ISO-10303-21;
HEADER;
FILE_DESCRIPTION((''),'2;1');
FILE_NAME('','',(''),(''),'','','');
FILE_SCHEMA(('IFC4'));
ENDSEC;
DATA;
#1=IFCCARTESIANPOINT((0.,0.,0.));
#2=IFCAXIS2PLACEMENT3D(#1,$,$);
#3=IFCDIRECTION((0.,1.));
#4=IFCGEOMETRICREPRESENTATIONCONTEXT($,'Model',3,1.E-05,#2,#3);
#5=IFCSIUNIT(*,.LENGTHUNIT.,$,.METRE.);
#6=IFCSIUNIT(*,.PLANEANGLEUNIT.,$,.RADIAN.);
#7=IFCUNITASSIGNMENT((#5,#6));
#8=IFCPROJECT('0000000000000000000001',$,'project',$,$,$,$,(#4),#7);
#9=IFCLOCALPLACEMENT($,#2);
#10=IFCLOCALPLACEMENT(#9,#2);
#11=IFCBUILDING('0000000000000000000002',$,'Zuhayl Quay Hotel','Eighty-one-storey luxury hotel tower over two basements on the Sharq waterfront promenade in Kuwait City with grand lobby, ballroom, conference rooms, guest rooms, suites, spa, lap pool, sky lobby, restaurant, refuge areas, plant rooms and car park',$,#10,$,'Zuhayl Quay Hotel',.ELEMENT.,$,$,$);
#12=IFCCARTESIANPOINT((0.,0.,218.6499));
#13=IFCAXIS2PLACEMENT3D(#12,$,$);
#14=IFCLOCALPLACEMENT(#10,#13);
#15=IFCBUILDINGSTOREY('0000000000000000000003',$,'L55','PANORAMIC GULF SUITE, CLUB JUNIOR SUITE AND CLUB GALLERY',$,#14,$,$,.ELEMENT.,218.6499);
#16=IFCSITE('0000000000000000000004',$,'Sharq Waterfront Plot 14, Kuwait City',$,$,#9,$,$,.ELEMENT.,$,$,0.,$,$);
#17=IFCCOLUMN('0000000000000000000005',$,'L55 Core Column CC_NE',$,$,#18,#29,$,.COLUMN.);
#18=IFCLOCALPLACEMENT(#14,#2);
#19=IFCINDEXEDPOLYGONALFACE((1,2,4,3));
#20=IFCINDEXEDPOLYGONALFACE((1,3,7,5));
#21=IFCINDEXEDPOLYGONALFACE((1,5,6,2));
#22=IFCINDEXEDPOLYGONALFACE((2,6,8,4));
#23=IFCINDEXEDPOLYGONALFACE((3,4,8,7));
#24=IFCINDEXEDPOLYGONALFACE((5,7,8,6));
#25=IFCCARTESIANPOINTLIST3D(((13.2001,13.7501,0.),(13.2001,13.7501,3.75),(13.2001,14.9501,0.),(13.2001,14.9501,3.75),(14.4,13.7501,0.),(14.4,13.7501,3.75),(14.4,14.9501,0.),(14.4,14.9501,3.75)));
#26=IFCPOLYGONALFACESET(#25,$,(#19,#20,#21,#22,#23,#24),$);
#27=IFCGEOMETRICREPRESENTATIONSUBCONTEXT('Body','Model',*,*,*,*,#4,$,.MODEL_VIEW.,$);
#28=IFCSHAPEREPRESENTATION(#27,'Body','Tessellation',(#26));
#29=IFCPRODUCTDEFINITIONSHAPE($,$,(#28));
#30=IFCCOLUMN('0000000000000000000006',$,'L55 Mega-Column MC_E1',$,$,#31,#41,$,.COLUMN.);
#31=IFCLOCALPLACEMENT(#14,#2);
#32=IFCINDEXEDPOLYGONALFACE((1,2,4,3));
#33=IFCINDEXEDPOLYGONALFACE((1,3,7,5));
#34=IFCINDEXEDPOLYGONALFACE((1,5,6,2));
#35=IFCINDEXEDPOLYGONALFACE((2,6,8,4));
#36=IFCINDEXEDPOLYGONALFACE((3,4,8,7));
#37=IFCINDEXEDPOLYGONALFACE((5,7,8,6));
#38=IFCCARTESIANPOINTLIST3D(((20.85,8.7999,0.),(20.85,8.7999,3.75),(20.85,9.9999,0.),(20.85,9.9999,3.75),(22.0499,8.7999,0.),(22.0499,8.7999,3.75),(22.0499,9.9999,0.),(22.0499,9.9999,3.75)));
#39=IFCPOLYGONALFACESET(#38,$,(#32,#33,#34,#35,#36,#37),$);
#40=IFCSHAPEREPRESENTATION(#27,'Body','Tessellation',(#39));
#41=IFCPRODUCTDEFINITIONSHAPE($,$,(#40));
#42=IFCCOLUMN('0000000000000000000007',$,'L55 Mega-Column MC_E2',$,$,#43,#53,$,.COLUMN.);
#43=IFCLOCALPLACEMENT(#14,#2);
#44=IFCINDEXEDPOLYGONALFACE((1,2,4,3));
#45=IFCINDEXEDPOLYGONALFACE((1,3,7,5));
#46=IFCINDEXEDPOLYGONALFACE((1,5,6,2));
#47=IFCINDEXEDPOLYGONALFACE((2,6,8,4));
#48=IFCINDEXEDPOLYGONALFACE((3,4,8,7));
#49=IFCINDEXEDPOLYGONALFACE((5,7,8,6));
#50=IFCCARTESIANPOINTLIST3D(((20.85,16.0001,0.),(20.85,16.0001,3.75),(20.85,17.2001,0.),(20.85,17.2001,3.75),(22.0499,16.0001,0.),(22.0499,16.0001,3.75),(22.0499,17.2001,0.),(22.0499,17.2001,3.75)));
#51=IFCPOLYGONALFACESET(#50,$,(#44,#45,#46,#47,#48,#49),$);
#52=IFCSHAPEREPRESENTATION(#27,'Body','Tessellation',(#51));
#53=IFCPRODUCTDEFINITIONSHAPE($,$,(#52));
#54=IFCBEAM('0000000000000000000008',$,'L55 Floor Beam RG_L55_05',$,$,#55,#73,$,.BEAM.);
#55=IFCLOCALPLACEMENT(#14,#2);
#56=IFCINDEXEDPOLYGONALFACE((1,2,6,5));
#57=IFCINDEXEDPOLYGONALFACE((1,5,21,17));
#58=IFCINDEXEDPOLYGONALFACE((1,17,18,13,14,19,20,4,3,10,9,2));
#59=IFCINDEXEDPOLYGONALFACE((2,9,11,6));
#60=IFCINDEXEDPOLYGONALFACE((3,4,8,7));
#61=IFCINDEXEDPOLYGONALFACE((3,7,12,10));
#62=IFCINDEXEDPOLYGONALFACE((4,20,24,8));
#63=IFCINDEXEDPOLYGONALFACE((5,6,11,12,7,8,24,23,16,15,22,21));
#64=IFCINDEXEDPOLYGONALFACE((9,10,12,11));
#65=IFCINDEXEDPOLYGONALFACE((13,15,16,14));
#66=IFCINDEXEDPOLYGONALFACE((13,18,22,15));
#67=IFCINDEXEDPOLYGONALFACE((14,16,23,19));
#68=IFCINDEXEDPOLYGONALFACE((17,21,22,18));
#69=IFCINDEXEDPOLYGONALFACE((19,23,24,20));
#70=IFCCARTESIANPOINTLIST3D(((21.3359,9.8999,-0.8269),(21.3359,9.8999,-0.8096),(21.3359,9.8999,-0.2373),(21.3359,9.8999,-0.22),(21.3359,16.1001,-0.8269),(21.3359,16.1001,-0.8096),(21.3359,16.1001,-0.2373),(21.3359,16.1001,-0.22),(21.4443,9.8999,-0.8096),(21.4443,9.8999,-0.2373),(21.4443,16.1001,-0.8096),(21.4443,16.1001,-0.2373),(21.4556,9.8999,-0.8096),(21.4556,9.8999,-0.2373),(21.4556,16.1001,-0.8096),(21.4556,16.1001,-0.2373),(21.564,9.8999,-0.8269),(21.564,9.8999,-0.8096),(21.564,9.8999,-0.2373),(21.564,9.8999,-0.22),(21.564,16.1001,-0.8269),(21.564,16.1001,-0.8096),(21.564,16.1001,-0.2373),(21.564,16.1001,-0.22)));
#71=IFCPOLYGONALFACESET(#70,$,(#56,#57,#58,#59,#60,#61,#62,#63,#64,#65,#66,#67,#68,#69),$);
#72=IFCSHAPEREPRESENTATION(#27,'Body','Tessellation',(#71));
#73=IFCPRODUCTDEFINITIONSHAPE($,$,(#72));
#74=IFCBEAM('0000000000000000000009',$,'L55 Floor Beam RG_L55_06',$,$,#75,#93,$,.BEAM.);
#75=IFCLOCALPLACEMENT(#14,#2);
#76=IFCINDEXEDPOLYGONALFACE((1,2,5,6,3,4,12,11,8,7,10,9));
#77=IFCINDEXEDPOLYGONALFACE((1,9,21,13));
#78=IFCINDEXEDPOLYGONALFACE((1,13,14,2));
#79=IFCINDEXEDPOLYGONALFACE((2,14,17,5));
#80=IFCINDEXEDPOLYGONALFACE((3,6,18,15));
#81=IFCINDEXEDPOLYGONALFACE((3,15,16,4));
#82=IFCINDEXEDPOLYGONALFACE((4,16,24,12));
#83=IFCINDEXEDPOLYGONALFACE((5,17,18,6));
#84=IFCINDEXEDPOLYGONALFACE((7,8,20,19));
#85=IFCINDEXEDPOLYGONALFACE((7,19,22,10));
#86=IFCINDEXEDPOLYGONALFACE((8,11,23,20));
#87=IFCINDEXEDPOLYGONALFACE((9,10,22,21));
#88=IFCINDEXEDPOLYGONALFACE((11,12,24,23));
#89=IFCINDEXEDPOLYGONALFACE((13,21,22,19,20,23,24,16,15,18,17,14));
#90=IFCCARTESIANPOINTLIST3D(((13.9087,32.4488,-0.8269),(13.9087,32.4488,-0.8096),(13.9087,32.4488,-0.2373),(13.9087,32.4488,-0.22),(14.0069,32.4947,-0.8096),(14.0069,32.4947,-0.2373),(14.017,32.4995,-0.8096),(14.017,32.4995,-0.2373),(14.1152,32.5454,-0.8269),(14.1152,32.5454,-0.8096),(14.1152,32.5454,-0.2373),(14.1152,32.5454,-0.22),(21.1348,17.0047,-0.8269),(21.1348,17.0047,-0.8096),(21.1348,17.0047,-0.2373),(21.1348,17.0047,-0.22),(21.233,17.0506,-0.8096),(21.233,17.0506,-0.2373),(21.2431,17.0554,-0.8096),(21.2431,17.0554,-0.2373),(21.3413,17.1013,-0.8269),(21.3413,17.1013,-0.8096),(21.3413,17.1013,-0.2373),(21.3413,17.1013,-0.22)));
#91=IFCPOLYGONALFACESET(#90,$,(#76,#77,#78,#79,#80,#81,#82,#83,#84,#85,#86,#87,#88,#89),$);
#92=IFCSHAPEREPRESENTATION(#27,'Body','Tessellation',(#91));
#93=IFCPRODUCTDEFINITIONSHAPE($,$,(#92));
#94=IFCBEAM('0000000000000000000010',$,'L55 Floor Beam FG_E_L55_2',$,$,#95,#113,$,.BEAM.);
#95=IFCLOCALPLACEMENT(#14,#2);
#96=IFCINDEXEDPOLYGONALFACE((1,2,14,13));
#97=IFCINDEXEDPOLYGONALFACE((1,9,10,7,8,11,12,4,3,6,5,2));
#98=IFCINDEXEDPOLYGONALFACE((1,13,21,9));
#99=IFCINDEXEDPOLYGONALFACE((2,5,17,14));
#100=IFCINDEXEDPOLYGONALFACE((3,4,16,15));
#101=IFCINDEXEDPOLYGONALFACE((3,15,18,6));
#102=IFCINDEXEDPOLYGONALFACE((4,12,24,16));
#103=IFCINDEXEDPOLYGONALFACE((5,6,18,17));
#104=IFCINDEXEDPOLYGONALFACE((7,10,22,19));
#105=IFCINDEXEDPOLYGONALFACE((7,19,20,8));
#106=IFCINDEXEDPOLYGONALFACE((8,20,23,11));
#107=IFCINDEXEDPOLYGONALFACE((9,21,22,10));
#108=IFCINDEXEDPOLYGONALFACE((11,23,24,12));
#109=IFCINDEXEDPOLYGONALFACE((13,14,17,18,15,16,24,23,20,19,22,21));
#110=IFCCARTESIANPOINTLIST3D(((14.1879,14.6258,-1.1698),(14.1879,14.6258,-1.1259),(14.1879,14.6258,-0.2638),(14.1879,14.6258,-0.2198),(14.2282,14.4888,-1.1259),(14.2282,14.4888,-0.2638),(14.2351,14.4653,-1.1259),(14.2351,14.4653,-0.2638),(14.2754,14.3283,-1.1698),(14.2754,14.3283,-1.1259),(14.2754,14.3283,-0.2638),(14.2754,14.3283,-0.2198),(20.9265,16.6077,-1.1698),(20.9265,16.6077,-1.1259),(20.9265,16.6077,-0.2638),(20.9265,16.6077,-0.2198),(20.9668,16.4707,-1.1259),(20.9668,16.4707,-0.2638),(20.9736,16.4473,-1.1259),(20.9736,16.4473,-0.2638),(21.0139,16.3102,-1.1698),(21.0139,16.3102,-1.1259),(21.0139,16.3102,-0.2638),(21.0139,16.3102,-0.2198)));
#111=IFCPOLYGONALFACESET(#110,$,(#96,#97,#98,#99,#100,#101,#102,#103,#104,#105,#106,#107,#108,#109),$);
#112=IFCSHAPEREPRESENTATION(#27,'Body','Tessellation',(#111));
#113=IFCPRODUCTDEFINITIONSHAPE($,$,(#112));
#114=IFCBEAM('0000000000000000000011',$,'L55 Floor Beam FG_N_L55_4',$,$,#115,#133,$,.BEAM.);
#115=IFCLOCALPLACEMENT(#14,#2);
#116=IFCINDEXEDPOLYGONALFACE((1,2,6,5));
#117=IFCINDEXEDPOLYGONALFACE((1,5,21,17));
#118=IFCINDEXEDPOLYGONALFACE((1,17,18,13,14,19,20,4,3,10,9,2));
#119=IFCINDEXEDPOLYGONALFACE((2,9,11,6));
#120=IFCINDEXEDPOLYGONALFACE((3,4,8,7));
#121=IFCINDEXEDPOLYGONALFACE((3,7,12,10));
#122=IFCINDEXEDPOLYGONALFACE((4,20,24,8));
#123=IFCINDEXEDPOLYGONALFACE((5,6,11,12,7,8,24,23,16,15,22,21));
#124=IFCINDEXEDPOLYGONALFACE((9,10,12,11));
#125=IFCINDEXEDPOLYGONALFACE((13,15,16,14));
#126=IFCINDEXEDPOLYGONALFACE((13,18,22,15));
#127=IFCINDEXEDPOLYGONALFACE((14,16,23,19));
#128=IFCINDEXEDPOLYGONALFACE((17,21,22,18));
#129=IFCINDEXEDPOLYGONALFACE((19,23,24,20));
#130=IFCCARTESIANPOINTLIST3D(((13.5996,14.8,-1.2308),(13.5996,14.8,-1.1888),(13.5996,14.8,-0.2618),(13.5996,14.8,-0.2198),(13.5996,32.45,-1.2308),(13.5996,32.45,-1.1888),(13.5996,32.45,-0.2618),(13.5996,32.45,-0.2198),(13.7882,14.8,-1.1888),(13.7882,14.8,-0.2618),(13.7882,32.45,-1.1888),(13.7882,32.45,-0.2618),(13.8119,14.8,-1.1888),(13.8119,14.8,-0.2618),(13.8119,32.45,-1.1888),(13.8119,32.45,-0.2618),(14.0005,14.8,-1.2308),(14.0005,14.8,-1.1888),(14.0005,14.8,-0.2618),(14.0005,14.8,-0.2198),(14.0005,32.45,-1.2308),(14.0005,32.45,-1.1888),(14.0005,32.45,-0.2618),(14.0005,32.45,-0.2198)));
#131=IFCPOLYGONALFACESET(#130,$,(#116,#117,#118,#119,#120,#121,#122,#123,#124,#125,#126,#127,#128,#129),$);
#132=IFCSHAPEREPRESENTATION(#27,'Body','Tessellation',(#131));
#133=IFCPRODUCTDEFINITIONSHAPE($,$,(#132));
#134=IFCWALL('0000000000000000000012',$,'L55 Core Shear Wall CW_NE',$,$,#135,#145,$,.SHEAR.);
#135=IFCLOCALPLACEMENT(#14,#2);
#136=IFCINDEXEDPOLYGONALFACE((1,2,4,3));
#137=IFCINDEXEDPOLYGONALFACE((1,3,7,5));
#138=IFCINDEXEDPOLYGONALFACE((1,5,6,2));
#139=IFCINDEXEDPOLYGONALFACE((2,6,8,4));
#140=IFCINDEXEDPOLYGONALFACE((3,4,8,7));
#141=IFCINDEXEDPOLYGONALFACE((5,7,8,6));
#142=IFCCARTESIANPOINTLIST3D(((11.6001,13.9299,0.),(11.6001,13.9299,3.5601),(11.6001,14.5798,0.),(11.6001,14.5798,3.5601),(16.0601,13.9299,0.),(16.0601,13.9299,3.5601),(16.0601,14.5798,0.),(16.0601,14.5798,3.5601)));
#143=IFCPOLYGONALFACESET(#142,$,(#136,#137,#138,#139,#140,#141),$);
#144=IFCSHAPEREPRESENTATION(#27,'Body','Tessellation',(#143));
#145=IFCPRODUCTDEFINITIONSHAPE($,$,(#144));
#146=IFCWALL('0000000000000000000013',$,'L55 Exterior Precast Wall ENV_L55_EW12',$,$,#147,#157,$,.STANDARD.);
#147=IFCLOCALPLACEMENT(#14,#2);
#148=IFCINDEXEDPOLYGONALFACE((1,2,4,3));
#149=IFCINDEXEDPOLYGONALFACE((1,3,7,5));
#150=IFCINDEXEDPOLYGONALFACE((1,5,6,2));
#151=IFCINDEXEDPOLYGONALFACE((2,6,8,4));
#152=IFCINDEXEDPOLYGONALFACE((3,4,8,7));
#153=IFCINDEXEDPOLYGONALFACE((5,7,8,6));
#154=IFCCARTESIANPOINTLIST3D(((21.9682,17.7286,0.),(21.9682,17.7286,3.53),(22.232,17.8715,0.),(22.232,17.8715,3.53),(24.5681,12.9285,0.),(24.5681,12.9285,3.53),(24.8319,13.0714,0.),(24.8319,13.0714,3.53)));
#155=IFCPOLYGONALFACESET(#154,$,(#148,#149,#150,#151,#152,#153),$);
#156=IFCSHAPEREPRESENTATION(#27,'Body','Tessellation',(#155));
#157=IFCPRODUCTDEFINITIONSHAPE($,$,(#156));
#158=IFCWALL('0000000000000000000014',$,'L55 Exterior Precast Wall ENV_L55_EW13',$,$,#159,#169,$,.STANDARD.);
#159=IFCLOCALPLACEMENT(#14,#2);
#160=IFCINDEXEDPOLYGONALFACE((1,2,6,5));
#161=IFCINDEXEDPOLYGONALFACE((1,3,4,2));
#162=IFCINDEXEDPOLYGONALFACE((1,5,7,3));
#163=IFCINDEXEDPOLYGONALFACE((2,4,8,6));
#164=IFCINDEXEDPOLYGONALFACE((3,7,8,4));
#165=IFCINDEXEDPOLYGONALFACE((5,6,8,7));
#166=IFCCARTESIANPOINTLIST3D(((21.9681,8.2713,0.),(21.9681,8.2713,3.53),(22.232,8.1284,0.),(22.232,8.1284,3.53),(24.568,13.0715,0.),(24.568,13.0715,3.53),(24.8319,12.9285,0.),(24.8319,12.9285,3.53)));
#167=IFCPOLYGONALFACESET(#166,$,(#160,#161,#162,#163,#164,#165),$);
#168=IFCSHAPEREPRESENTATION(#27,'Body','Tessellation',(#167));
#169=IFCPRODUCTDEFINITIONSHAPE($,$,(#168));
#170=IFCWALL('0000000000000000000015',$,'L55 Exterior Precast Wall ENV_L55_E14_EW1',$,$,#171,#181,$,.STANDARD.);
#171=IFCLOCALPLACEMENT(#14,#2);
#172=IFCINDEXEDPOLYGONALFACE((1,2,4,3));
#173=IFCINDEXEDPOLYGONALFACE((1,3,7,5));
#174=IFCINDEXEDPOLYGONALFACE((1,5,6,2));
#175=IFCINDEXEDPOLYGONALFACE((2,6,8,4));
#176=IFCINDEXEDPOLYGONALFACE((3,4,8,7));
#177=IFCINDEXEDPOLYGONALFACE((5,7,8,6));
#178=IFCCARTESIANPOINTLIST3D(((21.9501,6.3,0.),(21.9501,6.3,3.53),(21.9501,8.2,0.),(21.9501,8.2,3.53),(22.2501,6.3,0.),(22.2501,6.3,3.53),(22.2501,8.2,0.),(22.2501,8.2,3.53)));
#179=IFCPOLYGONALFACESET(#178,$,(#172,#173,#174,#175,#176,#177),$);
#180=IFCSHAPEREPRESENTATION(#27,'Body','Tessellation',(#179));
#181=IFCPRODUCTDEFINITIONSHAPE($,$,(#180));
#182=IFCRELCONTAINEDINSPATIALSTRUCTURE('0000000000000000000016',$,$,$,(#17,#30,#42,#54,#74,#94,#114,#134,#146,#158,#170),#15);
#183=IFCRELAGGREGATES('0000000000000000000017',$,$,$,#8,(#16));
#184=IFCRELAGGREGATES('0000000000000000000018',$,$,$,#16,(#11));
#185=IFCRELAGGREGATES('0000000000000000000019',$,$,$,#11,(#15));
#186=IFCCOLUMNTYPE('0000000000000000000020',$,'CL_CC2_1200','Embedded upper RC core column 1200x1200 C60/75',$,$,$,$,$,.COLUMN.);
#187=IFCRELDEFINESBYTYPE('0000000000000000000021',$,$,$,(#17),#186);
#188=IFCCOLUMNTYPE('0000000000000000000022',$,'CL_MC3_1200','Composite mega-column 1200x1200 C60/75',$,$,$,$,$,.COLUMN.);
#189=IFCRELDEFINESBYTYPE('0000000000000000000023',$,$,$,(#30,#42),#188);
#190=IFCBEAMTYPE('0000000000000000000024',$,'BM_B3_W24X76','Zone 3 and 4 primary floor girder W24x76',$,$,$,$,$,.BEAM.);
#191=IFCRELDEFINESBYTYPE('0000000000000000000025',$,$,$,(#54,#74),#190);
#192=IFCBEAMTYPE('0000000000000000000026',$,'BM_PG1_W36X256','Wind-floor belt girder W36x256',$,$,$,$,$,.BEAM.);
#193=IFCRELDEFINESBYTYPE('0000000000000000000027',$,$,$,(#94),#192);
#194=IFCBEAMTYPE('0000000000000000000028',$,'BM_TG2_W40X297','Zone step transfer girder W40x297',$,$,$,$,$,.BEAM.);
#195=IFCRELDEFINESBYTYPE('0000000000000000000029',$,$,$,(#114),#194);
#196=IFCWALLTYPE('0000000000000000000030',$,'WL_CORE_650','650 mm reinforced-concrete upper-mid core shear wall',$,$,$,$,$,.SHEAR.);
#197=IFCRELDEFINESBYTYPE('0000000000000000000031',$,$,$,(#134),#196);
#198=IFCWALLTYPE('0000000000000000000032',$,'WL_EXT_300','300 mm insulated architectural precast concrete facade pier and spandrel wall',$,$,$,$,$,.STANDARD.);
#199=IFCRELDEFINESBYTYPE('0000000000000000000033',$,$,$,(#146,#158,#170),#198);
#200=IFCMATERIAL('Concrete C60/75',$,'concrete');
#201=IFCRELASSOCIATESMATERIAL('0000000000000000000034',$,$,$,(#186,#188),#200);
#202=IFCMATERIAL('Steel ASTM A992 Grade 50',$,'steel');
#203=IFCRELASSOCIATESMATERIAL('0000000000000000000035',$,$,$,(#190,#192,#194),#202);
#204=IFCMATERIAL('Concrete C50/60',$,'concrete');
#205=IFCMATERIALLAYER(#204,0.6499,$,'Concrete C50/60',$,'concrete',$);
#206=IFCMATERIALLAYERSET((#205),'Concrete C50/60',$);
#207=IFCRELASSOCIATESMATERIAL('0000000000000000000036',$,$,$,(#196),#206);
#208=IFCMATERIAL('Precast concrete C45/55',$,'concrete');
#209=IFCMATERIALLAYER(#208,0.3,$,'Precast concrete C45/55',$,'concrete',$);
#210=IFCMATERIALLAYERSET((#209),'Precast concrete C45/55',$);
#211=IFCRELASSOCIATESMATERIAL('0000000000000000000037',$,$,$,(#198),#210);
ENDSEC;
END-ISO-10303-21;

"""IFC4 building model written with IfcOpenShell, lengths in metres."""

from ifc_helpers import new_model, si_unit, direction, frame, frame_2d, origin, origin_2d, place, context, subcontext, project, spatial, rectangle, i_section, extrude, material, layer, layer_set, material_profile, profile_set, type_object, element, save


model = new_model("IFC4")

# Units and contexts
model_context = context("Model", 3, precision=1e-05, world=origin(), true_north=direction((0.0, 1.0)))
body_context = subcontext(model_context, "Body", "Model", "MODEL_VIEW")
ifc_project = project(units=[si_unit("LENGTHUNIT", "METRE"), si_unit("PLANEANGLEUNIT", "RADIAN")], contexts=[model_context])

# Site, building, storey
site_placement = place(None, origin())
site = spatial("IfcSite", under=ifc_project, at=site_placement, Name="Sharq Waterfront Plot 14, Kuwait City", CompositionType="ELEMENT", RefElevation=0.0)
building_placement = place(site_placement, origin())
building = spatial("IfcBuilding", under=site, at=building_placement, Name="Zuhayl Quay Hotel", Description="Eighty-one-storey luxury hotel tower over two basements on the Sharq waterfront promenade in Kuwait City with grand lobby, ballroom, conference rooms, guest rooms, suites, spa, lap pool, sky lobby, restaurant, refuge areas, plant rooms and car park", LongName="Zuhayl Quay Hotel", CompositionType="ELEMENT")
storey_placement = place(building_placement, frame((0.0, 0.0, 218.6499)))
storey = spatial("IfcBuildingStorey", under=building, at=storey_placement, Name="L55", Description="PANORAMIC GULF SUITE, CLUB JUNIOR SUITE AND CLUB GALLERY", CompositionType="ELEMENT", Elevation=218.6499)

# Columns
ifc_material_1 = material(Name="Concrete C60/75", Category="concrete")
ifc_material_profile_1 = material_profile(ifc_material_1, rectangle(XDim=1.2, YDim=1.2, at=origin_2d()), Name="RC1200X1200")
ifc_profile_set_1 = profile_set([ifc_material_profile_1], Name="Concrete C60/75")
column_type_1 = type_object("IfcColumnType", Name="CL_CC2_1200", Description="Embedded upper RC core column 1200x1200 C60/75", PredefinedType="COLUMN", material=ifc_profile_set_1)
column_placement = place(storey_placement, frame((13.8, 14.3501, 0.0), z_axis=(0.0, 0.0, 1.0), x_axis=(1.0, 0.0, 0.0)))
element("IfcColumn", 1, at=column_placement, inside=storey, type_object=column_type_1, Name="L55 Core Column CC_NE", PredefinedType="COLUMN", context=body_context, shape_type="SweptSolid", body=[
    extrude(rectangle(XDim=1.2, YDim=1.2, at=origin_2d()), origin(), (0.0, 0.0, 1.0), 3.75),
])
ifc_material_profile_2 = material_profile(ifc_material_1, rectangle(XDim=1.2, YDim=1.2, at=origin_2d()), Name="RC1200X1200")
ifc_profile_set_2 = profile_set([ifc_material_profile_2], Name="Concrete C60/75")
column_type_2 = type_object("IfcColumnType", Name="CL_MC3_1200", Description="Composite mega-column 1200x1200 C60/75", PredefinedType="COLUMN", material=ifc_profile_set_2)
for number, where, z_axis, x_axis, name in (
    (2, (21.45, 9.3999, 0.0), (0.0, 0.0, 1.0), (1.0, 0.0, 0.0), "L55 Mega-Column MC_E1"),
    (3, (21.45, 16.6001, 0.0), (0.0, 0.0, 1.0), (1.0, 0.0, 0.0), "L55 Mega-Column MC_E2"),
):
    element("IfcColumn", number, at=place(storey_placement, frame(where, z_axis=z_axis, x_axis=x_axis)), inside=storey, type_object=column_type_2, Name=name, PredefinedType="COLUMN", context=body_context, shape_type="SweptSolid", body=[
        extrude(rectangle(XDim=1.2, YDim=1.2, at=origin_2d()), origin(), (0.0, 0.0, 1.0), 3.75),
    ])

# Beams
ifc_material_2 = material(Name="Steel ASTM A992 Grade 50", Category="steel")
ifc_material_profile_3 = material_profile(ifc_material_2, i_section(OverallWidth=0.228, OverallDepth=0.6069, WebThickness=0.0112, FlangeThickness=0.0173, at=origin_2d()), Name="W24X76")
ifc_profile_set_3 = profile_set([ifc_material_profile_3], Name="Steel ASTM A992 Grade 50")
beam_type_1 = type_object("IfcBeamType", Name="BM_B3_W24X76", Description="Zone 3 and 4 primary floor girder W24x76", PredefinedType="BEAM", material=ifc_profile_set_3)
beam_1_placement = place(storey_placement, frame((21.45, 9.8999, -0.5234), z_axis=(0.0, 1.0, 0.0), x_axis=(-1.0, 0.0, 0.0)))
element("IfcBeam", 4, at=beam_1_placement, inside=storey, type_object=beam_type_1, Name="L55 Floor Beam RG_L55_05", PredefinedType="BEAM", context=body_context, shape_type="SweptSolid", body=[
    extrude(i_section(OverallWidth=0.228, OverallDepth=0.6069, WebThickness=0.0112, FlangeThickness=0.0173, at=origin_2d()), origin(), (0.0, 0.0, 1.0), 6.2002),
])
beam_2_placement = place(storey_placement, frame((21.238, 17.053, -0.5234), z_axis=(-0.423792, 0.905759, 0.0), x_axis=(-0.905759, -0.423792, 0.0)))
element("IfcBeam", 5, at=beam_2_placement, inside=storey, type_object=beam_type_1, Name="L55 Floor Beam RG_L55_06", PredefinedType="BEAM", context=body_context, shape_type="SweptSolid", body=[
    extrude(i_section(OverallWidth=0.228, OverallDepth=0.6069, WebThickness=0.0112, FlangeThickness=0.0173, at=origin_2d()), origin(), (0.0, 0.0, 1.0), 17.051),
])
ifc_material_profile_4 = material_profile(ifc_material_2, i_section(OverallWidth=0.3101, OverallDepth=0.95, WebThickness=0.0244, FlangeThickness=0.0439, at=origin_2d()), Name="W36X256")
ifc_profile_set_4 = profile_set([ifc_material_profile_4], Name="Steel ASTM A992 Grade 50")
beam_type_2 = type_object("IfcBeamType", Name="BM_PG1_W36X256", Description="Wind-floor belt girder W36x256", PredefinedType="BEAM", material=ifc_profile_set_4)
beam_3_placement = place(storey_placement, frame((14.2317, 14.4771, -0.6948), z_axis=(0.959365, 0.282168, 0.0), x_axis=(-0.282168, 0.959365, 0.0)))
element("IfcBeam", 6, at=beam_3_placement, inside=storey, type_object=beam_type_2, Name="L55 Floor Beam FG_E_L55_2", PredefinedType="BEAM", context=body_context, shape_type="SweptSolid", body=[
    extrude(i_section(OverallWidth=0.3101, OverallDepth=0.95, WebThickness=0.0244, FlangeThickness=0.0439, at=origin_2d()), origin(), (0.0, 0.0, 1.0), 7.0239),
])
ifc_material_profile_5 = material_profile(ifc_material_2, i_section(OverallWidth=0.4009, OverallDepth=1.011, WebThickness=0.0237, FlangeThickness=0.042, at=origin_2d()), Name="W40X297")
ifc_profile_set_5 = profile_set([ifc_material_profile_5], Name="Steel ASTM A992 Grade 50")
beam_type_3 = type_object("IfcBeamType", Name="BM_TG2_W40X297", Description="Zone step transfer girder W40x297", PredefinedType="BEAM", material=ifc_profile_set_5)
beam_4_placement = place(storey_placement, frame((13.8, 14.8, -0.7253), z_axis=(0.0, 1.0, 0.0), x_axis=(-1.0, 0.0, 0.0)))
element("IfcBeam", 7, at=beam_4_placement, inside=storey, type_object=beam_type_3, Name="L55 Floor Beam FG_N_L55_4", PredefinedType="BEAM", context=body_context, shape_type="SweptSolid", body=[
    extrude(i_section(OverallWidth=0.4009, OverallDepth=1.011, WebThickness=0.0237, FlangeThickness=0.042, at=origin_2d()), origin(), (0.0, 0.0, 1.0), 17.6499),
])

# Walls
ifc_material_3 = material(Name="Concrete C50/60", Category="concrete")
ifc_layer_1 = layer(ifc_material_3, 0.6499, Name="Concrete C50/60", Category="concrete")
ifc_layer_set_1 = layer_set([ifc_layer_1], Name="Concrete C50/60")
wall_type_1 = type_object("IfcWallType", Name="WL_CORE_650", Description="650 mm reinforced-concrete upper-mid core shear wall", PredefinedType="SHEAR", material=ifc_layer_set_1)
wall_1_placement = place(storey_placement, frame((11.6001, 14.2549, 0.0), z_axis=(0.0, 0.0, 1.0), x_axis=(1.0, 0.0, 0.0)))
element("IfcWall", 8, at=wall_1_placement, inside=storey, type_object=wall_type_1, Name="L55 Core Shear Wall CW_NE", PredefinedType="SHEAR", context=body_context, shape_type="SweptSolid", body=[
    extrude(rectangle(XDim=4.46, YDim=0.6499, at=frame_2d((2.23, 0.0))), origin(), (0.0, 0.0, 1.0), 3.5601),
])
ifc_material_4 = material(Name="Precast concrete C45/55", Category="concrete")
ifc_layer_2 = layer(ifc_material_4, 0.3, Name="Precast concrete C45/55", Category="concrete")
ifc_layer_set_2 = layer_set([ifc_layer_2], Name="Precast concrete C45/55")
wall_type_2 = type_object("IfcWallType", Name="WL_EXT_300", Description="300 mm insulated architectural precast concrete facade pier and spandrel wall", PredefinedType="STANDARD", material=ifc_layer_set_2)
for number, where, z_axis, x_axis, name in (
    (9, (22.1001, 17.8, 0.0), (0.0, 0.0, 1.0), (0.476259, -0.879305, 0.0), "L55 Exterior Precast Wall ENV_L55_EW12"),
    (10, (24.7, 13.0, 0.0), (0.0, 0.0, 1.0), (-0.476259, -0.879305, 0.0), "L55 Exterior Precast Wall ENV_L55_EW13"),
):
    element("IfcWall", number, at=place(storey_placement, frame(where, z_axis=z_axis, x_axis=x_axis)), inside=storey, type_object=wall_type_2, Name=name, PredefinedType="STANDARD", context=body_context, shape_type="SweptSolid", body=[
        extrude(rectangle(XDim=5.459, YDim=0.3, at=frame_2d((2.7295, 0.0))), origin(), (0.0, 0.0, 1.0), 3.53),
    ])
wall_2_placement = place(storey_placement, frame((22.1001, 8.2, 0.0), z_axis=(0.0, 0.0, 1.0), x_axis=(0.0, -1.0, 0.0)))
element("IfcWall", 11, at=wall_2_placement, inside=storey, type_object=wall_type_2, Name="L55 Exterior Precast Wall ENV_L55_E14_EW1", PredefinedType="STANDARD", context=body_context, shape_type="SweptSolid", body=[
    extrude(rectangle(XDim=1.8999, YDim=0.3, at=frame_2d((0.95, 0.0))), origin(), (0.0, 0.0, 1.0), 3.53),
])

save(model, "model.ifc")
